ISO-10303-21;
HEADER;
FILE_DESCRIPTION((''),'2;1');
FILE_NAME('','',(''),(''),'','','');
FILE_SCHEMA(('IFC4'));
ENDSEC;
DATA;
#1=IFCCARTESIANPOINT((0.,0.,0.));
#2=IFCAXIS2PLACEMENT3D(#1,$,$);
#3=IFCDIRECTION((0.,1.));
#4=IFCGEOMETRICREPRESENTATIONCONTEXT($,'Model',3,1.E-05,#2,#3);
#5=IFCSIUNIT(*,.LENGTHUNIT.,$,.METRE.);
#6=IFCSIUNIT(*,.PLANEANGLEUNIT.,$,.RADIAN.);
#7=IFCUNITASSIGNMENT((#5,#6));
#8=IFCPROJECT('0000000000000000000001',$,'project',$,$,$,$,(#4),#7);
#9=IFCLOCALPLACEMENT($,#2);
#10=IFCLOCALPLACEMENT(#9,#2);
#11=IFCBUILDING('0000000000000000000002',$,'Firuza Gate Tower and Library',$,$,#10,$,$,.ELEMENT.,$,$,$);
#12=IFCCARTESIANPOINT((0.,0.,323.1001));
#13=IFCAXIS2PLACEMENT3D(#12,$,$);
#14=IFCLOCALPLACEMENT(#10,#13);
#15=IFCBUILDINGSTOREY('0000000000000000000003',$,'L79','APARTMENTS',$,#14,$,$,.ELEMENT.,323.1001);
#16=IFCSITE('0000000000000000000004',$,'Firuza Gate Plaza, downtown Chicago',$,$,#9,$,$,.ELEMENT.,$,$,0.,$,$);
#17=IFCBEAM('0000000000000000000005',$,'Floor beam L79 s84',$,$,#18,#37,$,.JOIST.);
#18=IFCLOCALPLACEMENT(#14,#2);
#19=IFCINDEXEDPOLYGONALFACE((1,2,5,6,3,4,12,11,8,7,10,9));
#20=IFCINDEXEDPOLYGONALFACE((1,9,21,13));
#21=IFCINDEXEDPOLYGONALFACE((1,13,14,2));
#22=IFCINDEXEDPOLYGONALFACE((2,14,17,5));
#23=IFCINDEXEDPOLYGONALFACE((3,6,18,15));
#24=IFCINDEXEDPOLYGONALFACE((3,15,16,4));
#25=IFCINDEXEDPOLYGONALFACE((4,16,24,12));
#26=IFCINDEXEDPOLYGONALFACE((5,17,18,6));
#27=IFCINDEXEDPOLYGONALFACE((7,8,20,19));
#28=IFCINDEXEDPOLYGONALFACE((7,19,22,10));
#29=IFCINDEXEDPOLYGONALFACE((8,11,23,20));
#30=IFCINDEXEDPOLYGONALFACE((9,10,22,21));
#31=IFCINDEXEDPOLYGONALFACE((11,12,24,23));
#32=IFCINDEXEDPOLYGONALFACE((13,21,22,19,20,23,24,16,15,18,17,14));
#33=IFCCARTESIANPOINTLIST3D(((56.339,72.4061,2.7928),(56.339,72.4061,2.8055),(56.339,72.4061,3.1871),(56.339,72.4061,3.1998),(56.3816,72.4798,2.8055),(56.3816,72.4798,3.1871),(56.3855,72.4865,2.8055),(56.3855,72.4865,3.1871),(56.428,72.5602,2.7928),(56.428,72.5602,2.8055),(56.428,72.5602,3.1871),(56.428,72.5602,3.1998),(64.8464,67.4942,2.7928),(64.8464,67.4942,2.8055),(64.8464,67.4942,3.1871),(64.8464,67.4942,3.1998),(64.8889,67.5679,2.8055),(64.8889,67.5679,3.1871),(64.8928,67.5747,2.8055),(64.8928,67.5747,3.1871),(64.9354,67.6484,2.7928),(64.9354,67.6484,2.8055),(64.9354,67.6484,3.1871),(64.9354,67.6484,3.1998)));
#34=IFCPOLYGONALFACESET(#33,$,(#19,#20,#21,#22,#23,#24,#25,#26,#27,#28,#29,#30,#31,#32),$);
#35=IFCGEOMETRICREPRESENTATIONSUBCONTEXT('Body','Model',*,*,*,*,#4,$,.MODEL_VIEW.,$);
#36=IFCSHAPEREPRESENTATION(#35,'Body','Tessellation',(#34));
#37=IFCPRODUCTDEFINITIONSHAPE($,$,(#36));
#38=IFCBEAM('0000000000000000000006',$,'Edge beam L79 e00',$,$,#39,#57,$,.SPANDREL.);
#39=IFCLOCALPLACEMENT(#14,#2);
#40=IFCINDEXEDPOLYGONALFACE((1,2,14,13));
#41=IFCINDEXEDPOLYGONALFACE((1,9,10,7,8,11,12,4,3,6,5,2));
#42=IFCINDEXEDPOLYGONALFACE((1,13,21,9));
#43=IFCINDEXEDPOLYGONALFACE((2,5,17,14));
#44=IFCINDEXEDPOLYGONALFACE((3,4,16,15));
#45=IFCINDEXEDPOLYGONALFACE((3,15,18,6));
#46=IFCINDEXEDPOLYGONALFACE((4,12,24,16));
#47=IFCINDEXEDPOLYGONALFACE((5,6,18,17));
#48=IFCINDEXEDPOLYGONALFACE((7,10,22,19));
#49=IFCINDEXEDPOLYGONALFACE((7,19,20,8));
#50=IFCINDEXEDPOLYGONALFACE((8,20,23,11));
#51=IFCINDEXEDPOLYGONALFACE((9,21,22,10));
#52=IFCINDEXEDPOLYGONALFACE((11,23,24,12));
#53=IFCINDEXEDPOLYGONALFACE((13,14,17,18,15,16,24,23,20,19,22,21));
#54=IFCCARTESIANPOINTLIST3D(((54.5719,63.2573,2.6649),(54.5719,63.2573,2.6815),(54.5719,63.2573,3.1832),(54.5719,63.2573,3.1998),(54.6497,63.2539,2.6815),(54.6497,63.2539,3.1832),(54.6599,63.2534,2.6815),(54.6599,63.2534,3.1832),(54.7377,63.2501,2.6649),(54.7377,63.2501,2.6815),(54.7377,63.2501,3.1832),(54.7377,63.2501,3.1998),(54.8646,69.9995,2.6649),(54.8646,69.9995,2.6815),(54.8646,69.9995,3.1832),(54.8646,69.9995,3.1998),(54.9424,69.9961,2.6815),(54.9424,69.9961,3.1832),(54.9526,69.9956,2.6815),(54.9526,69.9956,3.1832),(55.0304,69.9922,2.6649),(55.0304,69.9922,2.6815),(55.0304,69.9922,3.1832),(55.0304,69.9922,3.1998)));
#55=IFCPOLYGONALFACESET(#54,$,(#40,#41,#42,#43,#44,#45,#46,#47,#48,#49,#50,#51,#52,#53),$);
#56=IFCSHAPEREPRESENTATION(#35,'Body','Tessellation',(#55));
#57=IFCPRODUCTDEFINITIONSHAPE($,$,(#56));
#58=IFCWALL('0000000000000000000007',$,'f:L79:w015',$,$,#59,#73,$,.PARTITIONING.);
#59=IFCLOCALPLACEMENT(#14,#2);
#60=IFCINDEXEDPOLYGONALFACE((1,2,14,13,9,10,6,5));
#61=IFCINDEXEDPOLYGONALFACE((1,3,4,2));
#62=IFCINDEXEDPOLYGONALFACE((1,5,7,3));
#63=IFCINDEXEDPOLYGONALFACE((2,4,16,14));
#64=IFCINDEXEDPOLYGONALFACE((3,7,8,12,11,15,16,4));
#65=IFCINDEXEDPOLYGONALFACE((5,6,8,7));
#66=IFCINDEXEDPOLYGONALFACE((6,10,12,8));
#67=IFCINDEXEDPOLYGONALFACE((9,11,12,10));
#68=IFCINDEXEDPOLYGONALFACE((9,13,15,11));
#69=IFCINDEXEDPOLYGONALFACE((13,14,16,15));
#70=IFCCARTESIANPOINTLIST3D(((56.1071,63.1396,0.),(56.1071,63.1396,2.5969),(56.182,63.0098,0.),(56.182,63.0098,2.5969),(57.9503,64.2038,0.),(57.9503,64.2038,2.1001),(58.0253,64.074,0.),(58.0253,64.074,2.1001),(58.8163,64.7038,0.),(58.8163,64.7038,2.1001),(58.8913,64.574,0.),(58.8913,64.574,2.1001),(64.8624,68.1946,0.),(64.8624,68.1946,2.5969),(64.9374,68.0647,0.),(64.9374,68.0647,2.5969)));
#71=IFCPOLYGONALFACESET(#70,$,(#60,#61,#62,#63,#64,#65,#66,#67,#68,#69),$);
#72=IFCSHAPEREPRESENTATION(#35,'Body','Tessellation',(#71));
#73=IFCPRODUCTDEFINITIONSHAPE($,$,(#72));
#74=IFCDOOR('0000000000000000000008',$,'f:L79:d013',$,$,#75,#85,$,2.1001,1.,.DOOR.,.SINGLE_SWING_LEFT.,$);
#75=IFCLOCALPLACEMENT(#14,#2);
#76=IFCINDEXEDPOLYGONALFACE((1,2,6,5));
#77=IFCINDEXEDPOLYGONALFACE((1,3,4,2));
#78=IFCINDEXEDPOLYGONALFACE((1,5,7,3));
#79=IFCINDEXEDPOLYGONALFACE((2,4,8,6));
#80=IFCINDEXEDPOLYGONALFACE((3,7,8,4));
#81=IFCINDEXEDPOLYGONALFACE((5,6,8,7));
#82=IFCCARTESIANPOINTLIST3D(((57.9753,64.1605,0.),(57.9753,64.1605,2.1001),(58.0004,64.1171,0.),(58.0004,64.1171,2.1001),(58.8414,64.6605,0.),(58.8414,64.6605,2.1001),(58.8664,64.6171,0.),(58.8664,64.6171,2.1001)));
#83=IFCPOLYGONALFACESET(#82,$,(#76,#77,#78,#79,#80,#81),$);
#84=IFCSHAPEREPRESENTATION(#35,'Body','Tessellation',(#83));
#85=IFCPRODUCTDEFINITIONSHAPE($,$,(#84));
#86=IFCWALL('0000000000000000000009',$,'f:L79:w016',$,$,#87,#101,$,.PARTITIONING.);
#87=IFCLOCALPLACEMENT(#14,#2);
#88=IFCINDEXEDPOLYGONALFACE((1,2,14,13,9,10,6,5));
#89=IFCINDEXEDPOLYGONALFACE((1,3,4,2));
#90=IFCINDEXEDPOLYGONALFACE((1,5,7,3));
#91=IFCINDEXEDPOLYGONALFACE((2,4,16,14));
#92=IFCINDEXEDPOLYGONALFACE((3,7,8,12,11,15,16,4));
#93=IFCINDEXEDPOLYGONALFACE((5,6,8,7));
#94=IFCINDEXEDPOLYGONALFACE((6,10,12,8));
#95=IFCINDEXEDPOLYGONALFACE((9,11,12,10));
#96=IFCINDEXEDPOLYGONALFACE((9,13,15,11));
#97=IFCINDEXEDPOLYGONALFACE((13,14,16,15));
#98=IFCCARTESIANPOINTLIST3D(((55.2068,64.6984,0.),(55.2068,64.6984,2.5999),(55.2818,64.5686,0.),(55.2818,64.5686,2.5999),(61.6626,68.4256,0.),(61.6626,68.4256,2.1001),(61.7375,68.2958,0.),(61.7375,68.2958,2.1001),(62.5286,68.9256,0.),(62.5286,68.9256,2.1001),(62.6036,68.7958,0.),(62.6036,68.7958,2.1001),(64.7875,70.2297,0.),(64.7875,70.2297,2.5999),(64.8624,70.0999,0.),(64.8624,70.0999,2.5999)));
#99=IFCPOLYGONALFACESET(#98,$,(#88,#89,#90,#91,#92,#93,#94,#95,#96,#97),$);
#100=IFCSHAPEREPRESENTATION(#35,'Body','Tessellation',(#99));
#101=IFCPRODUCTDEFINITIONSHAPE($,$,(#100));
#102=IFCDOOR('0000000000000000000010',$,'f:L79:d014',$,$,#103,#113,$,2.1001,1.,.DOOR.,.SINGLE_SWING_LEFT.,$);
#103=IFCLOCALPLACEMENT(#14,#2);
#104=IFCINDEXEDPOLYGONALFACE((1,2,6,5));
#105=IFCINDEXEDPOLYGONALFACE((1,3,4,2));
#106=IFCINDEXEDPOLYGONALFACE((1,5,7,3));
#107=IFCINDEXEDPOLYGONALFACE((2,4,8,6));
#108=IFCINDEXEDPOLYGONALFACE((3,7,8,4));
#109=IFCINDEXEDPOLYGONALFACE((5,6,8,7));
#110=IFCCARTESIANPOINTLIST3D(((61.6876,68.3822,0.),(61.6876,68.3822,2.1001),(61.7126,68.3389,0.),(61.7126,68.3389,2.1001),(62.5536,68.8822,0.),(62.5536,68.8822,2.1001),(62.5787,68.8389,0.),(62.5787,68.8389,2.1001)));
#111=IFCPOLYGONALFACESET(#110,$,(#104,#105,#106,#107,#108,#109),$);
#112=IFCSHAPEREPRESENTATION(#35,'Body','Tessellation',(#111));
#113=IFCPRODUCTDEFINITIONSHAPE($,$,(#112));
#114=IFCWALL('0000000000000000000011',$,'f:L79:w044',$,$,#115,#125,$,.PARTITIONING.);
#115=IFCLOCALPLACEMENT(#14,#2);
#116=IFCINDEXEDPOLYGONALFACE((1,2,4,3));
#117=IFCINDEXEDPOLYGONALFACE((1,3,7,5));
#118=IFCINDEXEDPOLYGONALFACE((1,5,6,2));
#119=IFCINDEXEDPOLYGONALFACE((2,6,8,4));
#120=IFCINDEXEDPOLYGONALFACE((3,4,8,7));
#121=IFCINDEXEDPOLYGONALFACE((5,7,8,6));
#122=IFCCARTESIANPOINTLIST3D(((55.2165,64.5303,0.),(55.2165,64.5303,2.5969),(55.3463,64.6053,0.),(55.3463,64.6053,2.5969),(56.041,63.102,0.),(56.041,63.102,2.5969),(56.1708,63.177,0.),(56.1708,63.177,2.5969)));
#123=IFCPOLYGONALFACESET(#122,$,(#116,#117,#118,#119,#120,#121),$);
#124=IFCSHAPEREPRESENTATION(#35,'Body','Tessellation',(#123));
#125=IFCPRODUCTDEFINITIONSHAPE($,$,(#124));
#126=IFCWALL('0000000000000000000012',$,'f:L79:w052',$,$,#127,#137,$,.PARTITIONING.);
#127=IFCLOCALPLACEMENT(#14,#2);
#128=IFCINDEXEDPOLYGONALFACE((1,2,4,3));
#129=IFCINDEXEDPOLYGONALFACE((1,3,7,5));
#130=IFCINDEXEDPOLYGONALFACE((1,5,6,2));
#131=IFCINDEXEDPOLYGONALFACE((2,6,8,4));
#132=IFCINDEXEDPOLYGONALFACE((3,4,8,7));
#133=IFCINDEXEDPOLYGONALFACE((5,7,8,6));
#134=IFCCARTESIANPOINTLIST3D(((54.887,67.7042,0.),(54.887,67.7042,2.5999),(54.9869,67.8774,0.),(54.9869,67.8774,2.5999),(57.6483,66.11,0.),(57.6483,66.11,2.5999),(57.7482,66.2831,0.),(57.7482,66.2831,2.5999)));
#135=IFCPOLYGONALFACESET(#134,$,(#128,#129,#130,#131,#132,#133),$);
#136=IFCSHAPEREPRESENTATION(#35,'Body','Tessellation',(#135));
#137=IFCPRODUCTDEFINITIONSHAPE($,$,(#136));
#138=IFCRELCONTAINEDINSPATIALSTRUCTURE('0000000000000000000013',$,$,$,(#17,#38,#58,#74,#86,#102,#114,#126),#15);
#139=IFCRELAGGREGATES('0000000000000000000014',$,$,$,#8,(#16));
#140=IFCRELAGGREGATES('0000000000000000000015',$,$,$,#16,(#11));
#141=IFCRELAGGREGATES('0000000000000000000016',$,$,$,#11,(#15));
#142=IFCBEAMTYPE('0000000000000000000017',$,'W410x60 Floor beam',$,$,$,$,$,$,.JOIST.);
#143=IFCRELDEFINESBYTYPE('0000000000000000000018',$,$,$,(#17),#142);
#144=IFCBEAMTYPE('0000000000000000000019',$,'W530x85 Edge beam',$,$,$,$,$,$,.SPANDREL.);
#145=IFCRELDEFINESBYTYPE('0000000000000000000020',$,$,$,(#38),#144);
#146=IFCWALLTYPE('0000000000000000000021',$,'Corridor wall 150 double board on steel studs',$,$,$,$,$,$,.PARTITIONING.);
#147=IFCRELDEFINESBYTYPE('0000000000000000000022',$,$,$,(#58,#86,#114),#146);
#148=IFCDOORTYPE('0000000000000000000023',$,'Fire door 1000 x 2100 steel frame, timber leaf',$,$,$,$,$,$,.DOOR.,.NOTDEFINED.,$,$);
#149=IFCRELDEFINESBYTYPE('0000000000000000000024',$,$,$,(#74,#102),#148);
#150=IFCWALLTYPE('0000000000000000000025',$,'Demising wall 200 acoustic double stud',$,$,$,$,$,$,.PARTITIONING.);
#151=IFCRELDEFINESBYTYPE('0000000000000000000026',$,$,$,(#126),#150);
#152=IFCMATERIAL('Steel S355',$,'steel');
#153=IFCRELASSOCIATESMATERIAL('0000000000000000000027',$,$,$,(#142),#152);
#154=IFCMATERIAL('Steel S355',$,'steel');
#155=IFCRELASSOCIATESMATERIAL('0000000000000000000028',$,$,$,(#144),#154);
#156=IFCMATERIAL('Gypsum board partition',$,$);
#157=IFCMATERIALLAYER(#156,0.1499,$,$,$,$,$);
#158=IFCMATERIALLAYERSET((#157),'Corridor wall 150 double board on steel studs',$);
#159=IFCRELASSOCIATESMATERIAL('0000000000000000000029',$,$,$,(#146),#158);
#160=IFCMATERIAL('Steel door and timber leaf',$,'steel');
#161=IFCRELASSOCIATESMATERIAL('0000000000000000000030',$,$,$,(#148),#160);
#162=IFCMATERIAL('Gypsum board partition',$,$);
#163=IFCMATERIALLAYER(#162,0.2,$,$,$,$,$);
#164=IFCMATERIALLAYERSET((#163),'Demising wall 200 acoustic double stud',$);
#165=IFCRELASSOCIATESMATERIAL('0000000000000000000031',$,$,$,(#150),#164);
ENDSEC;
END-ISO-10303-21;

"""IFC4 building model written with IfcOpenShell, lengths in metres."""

from ifc_helpers import new_model, si_unit, direction, frame, frame_2d, origin, origin_2d, place, context, subcontext, project, spatial, rectangle, i_section, extrude, material, layer, layer_set, material_profile, profile_set, type_object, element, fill, save


model = new_model("IFC4")

# Units and contexts
model_context = context("Model", 3, precision=1e-05, world=origin(), true_north=direction((0.0, 1.0)))
body_context = subcontext(model_context, "Body", "Model", "MODEL_VIEW")
ifc_project = project(units=[si_unit("LENGTHUNIT", "METRE"), si_unit("PLANEANGLEUNIT", "RADIAN")], contexts=[model_context])

# Site, building, storey
site_placement = place(None, origin())
site = spatial("IfcSite", under=ifc_project, at=site_placement, Name="Firuza Gate Plaza, downtown Chicago", CompositionType="ELEMENT", RefElevation=0.0)
building_placement = place(site_placement, origin())
building = spatial("IfcBuilding", under=site, at=building_placement, Name="Firuza Gate Tower and Library", CompositionType="ELEMENT")
storey_placement = place(building_placement, frame((0.0, 0.0, 323.1001)))
storey = spatial("IfcBuildingStorey", under=building, at=storey_placement, Name="L79", Description="APARTMENTS", CompositionType="ELEMENT", Elevation=323.1001)

# Beams
ifc_material_1 = material(Name="Steel S355", Category="steel")
ifc_material_profile_1 = material_profile(ifc_material_1, i_section(OverallWidth=0.178, OverallDepth=0.407, WebThickness=0.0078, FlangeThickness=0.0127, at=origin_2d()))
ifc_profile_set_1 = profile_set([ifc_material_profile_1], Name="Steel S355")
beam_type_1 = type_object("IfcBeamType", Name="W410x60 Floor beam", PredefinedType="JOIST", material=ifc_profile_set_1)
beam_1_placement = place(storey_placement, frame((56.3835, 72.4832, 2.9963), z_axis=(0.866018, -0.500012, 0.0), x_axis=(0.500012, 0.866018, 0.0)))
element("IfcBeam", 1, at=beam_1_placement, inside=storey, type_object=beam_type_1, Name="Floor beam L79 s84", PredefinedType="JOIST", context=body_context, shape_type="SweptSolid", body=[
    extrude(i_section(OverallWidth=0.178, OverallDepth=0.407, WebThickness=0.0078, FlangeThickness=0.0127, at=origin_2d()), origin(), (0.0, 0.0, 1.0), 9.8235),
])
ifc_material_2 = material(Name="Steel S355", Category="steel")
ifc_material_profile_2 = material_profile(ifc_material_2, i_section(OverallWidth=0.166, OverallDepth=0.5349, WebThickness=0.0103, FlangeThickness=0.0166, at=origin_2d()))
ifc_profile_set_2 = profile_set([ifc_material_profile_2], Name="Steel S355")
beam_type_2 = type_object("IfcBeamType", Name="W530x85 Edge beam", PredefinedType="SPANDREL", material=ifc_profile_set_2)
beam_2_placement = place(storey_placement, frame((54.9475, 69.9958, 2.9324), z_axis=(-0.043376, -0.999059, 0.0), x_axis=(0.999059, -0.043376, 0.0)))
element("IfcBeam", 2, at=beam_2_placement, inside=storey, type_object=beam_type_2, Name="Edge beam L79 e00", PredefinedType="SPANDREL", context=body_context, shape_type="SweptSolid", body=[
    extrude(i_section(OverallWidth=0.166, OverallDepth=0.5349, WebThickness=0.0103, FlangeThickness=0.0166, at=origin_2d()), origin(), (0.0, 0.0, 1.0), 6.7485),
])

# Walls, openings, doors
ifc_material_3 = material(Name="Gypsum board partition")
ifc_layer_1 = layer(ifc_material_3, 0.1499)
ifc_layer_set_1 = layer_set([ifc_layer_1], Name="Corridor wall 150 double board on steel studs")
wall_type_1 = type_object("IfcWallType", Name="Corridor wall 150 double board on steel studs", PredefinedType="PARTITIONING", material=ifc_layer_set_1)
wall_1_placement = place(storey_placement, frame((56.1445, 63.0747, 0.0), z_axis=(0.0, 0.0, 1.0), x_axis=(0.866025, 0.500001, 0.0)))
wall_1 = element("IfcWall", 3, at=wall_1_placement, inside=storey, type_object=wall_type_1, Name="f:L79:w015", PredefinedType="PARTITIONING", context=body_context, shape_type="SweptSolid", body=[
    extrude(rectangle(XDim=10.1099, YDim=0.1499, at=frame_2d((5.0549, 0.0))), origin(), (0.0, 0.0, 1.0), 2.5969),
])
opening_1_placement = place(wall_1_placement, frame((2.1284, 0.0, 0.0)))
opening_1 = element("IfcOpeningElement", 4, at=opening_1_placement, cuts=wall_1, PredefinedType="OPENING", context=body_context, shape_type="SweptSolid", body=[
    extrude(rectangle(XDim=1.0, YDim=2.1001, at=frame_2d((0.5, 1.05))), frame((0.0, 0.085, 0.0), z_axis=(0.0, -1.0, 0.0), x_axis=(1.0, 0.0, 0.0)), (0.0, 0.0, 1.0), 0.1699),
])
ifc_material_4 = material(Name="Steel door and timber leaf", Category="steel")
door_type_1 = type_object("IfcDoorType", Name="Fire door 1000 x 2100 steel frame, timber leaf", OperationType="NOTDEFINED", PredefinedType="DOOR", material=ifc_material_4)
door_1_placement = place(opening_1_placement, origin())
door_1 = element("IfcDoor", 5, at=door_1_placement, inside=storey, type_object=door_type_1, Name="f:L79:d013", OperationType="SINGLE_SWING_LEFT", OverallHeight=2.1001, OverallWidth=1.0, PredefinedType="DOOR", context=body_context, shape_type="SweptSolid", body=[
    extrude(rectangle(XDim=1.0, YDim=2.1001, at=frame_2d((0.5, 1.05))), frame((0.0, 0.0249, 0.0), z_axis=(0.0, -1.0, 0.0), x_axis=(1.0, 0.0, 0.0)), (0.0, 0.0, 1.0), 0.05),
])
fill(opening_1, door_1)
wall_2_placement = place(storey_placement, frame((55.2444, 64.6335, 0.0), z_axis=(0.0, 0.0, 1.0), x_axis=(0.866029, 0.499994, 0.0)))
wall_2 = element("IfcWall", 6, at=wall_2_placement, inside=storey, type_object=wall_type_1, Name="f:L79:w016", PredefinedType="PARTITIONING", context=body_context, shape_type="SweptSolid", body=[
    extrude(rectangle(XDim=11.0627, YDim=0.1499, at=frame_2d((5.5312, 0.0))), origin(), (0.0, 0.0, 1.0), 2.5999),
])
opening_2_placement = place(wall_2_placement, frame((7.4543, 0.0, 0.0)))
opening_2 = element("IfcOpeningElement", 7, at=opening_2_placement, cuts=wall_2, PredefinedType="OPENING", context=body_context, shape_type="SweptSolid", body=[
    extrude(rectangle(XDim=1.0, YDim=2.1001, at=frame_2d((0.5, 1.05))), frame((0.0, 0.085, 0.0), z_axis=(0.0, -1.0, 0.0), x_axis=(1.0, 0.0, 0.0)), (0.0, 0.0, 1.0), 0.1699),
])
door_2_placement = place(opening_2_placement, origin())
door_2 = element("IfcDoor", 8, at=door_2_placement, inside=storey, type_object=door_type_1, Name="f:L79:d014", OperationType="SINGLE_SWING_LEFT", OverallHeight=2.1001, OverallWidth=1.0, PredefinedType="DOOR", context=body_context, shape_type="SweptSolid", body=[
    extrude(rectangle(XDim=1.0, YDim=2.1001, at=frame_2d((0.5, 1.05))), frame((0.0, 0.0249, 0.0), z_axis=(0.0, -1.0, 0.0), x_axis=(1.0, 0.0, 0.0)), (0.0, 0.0, 1.0), 0.05),
])
fill(opening_2, door_2)

# Walls
wall_3_placement = place(storey_placement, frame((56.106, 63.1394, 0.0), z_axis=(0.0, 0.0, 1.0), x_axis=(-0.499945, 0.866057, 0.0)))
element("IfcWall", 9, at=wall_3_placement, inside=storey, type_object=wall_type_1, Name="f:L79:w044", PredefinedType="PARTITIONING", context=body_context, shape_type="SweptSolid", body=[
    extrude(rectangle(XDim=1.6492, YDim=0.1499, at=frame_2d((0.8247, 0.0))), origin(), (0.0, 0.0, 1.0), 2.5969),
])
ifc_material_5 = material(Name="Gypsum board partition")
ifc_layer_2 = layer(ifc_material_5, 0.2)
ifc_layer_set_2 = layer_set([ifc_layer_2], Name="Demising wall 200 acoustic double stud")
wall_type_2 = type_object("IfcWallType", Name="Demising wall 200 acoustic double stud", PredefinedType="PARTITIONING", material=ifc_layer_set_2)
wall_4_placement = place(storey_placement, frame((57.6982, 66.1965, 0.0), z_axis=(0.0, 0.0, 1.0), x_axis=(-0.86602, 0.50001, 0.0)))
element("IfcWall", 10, at=wall_4_placement, inside=storey, type_object=wall_type_2, Name="f:L79:w052", PredefinedType="PARTITIONING", context=body_context, shape_type="SweptSolid", body=[
    extrude(rectangle(XDim=3.1885, YDim=0.2, at=frame_2d((1.5942, 0.0))), origin(), (0.0, 0.0, 1.0), 2.5999),
])

save(model, "model.ifc")
